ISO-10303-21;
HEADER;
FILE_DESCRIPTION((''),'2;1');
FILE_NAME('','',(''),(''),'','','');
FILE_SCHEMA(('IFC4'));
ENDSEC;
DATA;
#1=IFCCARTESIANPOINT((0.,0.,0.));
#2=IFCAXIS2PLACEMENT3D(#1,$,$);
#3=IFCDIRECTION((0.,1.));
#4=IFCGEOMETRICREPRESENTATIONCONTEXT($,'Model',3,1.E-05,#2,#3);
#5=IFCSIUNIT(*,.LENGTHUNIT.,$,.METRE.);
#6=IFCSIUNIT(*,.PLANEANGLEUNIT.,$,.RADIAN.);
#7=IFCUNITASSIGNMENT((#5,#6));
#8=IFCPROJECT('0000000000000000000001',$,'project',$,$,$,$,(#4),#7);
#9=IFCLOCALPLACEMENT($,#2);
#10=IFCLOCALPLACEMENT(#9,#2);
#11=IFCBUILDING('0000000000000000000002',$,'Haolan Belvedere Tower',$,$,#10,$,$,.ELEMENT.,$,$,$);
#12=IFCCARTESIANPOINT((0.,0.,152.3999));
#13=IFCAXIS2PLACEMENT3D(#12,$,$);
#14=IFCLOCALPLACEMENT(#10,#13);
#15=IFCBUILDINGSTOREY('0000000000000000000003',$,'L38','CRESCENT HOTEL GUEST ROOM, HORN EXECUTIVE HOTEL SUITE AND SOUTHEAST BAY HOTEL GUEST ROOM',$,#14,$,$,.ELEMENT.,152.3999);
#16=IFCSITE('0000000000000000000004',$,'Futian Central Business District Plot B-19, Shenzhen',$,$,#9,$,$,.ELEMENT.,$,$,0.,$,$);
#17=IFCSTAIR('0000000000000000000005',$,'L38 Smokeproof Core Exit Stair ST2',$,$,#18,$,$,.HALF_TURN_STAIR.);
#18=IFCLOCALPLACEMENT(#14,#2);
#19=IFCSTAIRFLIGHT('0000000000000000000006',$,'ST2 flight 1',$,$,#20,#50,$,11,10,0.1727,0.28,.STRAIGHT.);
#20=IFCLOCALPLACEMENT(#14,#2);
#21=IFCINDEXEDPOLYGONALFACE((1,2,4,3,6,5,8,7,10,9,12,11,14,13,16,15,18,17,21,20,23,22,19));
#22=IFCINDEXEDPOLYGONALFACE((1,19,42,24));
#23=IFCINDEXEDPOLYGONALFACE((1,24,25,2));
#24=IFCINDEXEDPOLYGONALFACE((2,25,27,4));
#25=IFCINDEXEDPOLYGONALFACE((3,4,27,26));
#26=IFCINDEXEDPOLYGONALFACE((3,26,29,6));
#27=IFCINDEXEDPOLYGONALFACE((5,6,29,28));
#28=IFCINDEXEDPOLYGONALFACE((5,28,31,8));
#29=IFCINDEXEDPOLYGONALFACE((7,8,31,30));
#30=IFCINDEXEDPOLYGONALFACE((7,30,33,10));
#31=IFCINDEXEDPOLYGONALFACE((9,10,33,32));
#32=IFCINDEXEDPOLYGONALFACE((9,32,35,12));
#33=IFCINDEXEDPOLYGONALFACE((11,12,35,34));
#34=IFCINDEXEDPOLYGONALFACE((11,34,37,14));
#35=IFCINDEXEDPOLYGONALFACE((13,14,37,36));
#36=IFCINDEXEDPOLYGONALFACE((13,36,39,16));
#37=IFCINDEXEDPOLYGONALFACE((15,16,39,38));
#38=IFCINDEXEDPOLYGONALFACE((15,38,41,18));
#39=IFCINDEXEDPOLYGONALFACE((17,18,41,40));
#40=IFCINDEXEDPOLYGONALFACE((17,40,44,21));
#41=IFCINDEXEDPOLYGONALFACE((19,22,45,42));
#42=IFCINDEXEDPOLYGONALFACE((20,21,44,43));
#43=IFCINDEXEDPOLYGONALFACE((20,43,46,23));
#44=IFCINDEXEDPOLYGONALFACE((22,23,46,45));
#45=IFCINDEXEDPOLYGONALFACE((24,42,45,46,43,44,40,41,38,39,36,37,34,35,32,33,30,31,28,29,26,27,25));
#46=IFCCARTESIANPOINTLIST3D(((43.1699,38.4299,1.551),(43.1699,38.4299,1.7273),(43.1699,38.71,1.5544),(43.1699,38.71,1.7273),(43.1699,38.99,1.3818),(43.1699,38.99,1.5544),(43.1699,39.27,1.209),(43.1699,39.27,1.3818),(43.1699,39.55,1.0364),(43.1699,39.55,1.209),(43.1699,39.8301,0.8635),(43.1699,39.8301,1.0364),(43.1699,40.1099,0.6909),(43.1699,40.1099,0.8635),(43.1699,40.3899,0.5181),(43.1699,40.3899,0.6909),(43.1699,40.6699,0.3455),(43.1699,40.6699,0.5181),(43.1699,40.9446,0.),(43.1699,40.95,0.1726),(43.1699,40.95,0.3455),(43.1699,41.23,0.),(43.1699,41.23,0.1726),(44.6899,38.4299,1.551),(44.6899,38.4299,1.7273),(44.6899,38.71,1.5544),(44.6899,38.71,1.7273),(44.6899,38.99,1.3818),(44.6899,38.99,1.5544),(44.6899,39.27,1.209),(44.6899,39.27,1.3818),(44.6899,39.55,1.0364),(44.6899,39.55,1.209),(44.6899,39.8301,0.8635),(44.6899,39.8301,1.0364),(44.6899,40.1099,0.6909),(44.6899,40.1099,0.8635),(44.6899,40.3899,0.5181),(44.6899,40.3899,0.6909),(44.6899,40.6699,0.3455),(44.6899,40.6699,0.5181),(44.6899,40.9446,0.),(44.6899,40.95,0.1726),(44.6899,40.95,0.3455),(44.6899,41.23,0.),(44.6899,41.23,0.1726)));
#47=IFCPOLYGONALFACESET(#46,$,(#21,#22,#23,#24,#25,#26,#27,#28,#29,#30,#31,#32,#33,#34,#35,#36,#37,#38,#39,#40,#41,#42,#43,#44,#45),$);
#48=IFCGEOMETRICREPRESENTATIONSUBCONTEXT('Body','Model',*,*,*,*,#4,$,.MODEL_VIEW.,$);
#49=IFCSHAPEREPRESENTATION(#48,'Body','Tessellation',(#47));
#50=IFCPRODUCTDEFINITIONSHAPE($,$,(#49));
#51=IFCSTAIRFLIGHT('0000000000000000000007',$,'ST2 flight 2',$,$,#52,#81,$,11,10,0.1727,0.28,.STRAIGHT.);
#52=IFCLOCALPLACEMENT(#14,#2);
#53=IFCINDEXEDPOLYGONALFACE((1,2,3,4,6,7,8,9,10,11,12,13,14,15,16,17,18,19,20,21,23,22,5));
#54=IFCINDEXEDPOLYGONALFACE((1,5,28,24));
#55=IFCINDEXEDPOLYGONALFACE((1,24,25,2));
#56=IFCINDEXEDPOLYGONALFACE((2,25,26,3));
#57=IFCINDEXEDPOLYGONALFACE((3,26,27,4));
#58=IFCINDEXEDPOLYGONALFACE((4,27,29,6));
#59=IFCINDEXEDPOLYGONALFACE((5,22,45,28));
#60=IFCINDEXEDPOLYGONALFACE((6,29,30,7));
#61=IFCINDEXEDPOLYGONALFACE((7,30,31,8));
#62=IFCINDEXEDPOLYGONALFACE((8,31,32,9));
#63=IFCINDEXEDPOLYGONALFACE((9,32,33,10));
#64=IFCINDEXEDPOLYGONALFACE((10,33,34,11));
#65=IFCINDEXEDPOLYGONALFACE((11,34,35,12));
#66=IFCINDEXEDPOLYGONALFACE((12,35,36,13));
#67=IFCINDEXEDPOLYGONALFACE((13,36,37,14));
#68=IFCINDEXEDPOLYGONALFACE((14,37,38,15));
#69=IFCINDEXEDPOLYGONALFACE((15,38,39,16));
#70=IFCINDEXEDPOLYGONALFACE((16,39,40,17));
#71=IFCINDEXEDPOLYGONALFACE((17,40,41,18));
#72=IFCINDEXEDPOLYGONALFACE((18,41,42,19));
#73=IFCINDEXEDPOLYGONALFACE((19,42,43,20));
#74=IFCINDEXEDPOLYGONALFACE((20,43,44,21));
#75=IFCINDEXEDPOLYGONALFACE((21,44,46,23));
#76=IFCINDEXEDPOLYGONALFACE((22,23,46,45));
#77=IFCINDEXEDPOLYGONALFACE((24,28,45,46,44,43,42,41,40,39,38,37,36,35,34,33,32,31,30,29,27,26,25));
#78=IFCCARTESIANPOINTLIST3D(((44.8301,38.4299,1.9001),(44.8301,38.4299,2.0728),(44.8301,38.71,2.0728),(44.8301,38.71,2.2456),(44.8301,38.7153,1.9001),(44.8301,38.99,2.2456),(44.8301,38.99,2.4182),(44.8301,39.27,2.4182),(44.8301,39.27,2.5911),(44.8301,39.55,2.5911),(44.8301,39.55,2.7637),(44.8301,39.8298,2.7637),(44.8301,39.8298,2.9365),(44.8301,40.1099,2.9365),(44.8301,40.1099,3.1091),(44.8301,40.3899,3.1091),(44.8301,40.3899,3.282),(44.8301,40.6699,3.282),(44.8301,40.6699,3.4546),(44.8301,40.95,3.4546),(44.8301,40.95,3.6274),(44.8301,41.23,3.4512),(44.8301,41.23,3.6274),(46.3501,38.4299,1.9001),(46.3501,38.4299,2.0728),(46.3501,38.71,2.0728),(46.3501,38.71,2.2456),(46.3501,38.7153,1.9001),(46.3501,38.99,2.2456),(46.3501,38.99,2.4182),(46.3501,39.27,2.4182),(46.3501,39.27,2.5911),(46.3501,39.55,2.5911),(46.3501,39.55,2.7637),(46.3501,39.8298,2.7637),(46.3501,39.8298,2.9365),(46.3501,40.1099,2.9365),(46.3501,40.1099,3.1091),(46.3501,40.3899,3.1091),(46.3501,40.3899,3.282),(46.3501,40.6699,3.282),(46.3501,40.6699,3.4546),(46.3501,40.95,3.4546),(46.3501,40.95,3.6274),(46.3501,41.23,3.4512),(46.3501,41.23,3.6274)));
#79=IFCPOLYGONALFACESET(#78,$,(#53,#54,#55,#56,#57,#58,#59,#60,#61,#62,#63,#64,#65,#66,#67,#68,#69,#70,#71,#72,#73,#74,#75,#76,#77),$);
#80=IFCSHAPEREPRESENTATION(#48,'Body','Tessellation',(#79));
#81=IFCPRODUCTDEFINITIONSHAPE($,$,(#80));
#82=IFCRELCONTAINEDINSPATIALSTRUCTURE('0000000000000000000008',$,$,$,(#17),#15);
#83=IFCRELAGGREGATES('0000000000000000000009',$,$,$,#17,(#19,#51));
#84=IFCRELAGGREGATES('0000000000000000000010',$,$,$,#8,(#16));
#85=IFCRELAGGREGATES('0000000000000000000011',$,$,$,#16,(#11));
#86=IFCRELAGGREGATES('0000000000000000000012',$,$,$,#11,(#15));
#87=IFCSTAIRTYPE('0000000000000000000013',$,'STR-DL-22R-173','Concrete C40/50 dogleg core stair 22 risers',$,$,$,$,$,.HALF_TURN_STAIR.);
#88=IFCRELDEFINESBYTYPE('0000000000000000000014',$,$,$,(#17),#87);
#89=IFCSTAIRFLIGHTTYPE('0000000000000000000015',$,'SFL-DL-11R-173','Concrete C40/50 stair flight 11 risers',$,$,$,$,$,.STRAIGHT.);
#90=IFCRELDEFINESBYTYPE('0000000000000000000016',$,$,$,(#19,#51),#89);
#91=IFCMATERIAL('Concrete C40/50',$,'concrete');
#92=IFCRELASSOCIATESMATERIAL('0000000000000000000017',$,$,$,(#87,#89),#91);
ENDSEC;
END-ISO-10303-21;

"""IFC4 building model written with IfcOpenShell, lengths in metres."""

from ifc_helpers import new_model, si_unit, direction, frame, origin, place, context, subcontext, project, spatial, polyline, outline, extrude, material, type_object, element, aggregate, save


model = new_model("IFC4")

# Units and contexts
model_context = context("Model", 3, precision=1e-05, world=origin(), true_north=direction((0.0, 1.0)))
body_context = subcontext(model_context, "Body", "Model", "MODEL_VIEW")
ifc_project = project(units=[si_unit("LENGTHUNIT", "METRE"), si_unit("PLANEANGLEUNIT", "RADIAN")], contexts=[model_context])

# Site, building, storey
site_placement = place(None, origin())
site = spatial("IfcSite", under=ifc_project, at=site_placement, Name="Futian Central Business District Plot B-19, Shenzhen", CompositionType="ELEMENT", RefElevation=0.0)
building_placement = place(site_placement, origin())
building = spatial("IfcBuilding", under=site, at=building_placement, Name="Haolan Belvedere Tower", CompositionType="ELEMENT")
storey_placement = place(building_placement, frame((0.0, 0.0, 152.3999)))
storey = spatial("IfcBuildingStorey", under=building, at=storey_placement, Name="L38", Description="CRESCENT HOTEL GUEST ROOM, HORN EXECUTIVE HOTEL SUITE AND SOUTHEAST BAY HOTEL GUEST ROOM", CompositionType="ELEMENT", Elevation=152.3999)

# Stair, stair flights
ifc_material_1 = material(Name="Concrete C40/50", Category="concrete")
stair_type = type_object("IfcStairType", Name="STR-DL-22R-173", Description="Concrete C40/50 dogleg core stair 22 risers", PredefinedType="HALF_TURN_STAIR", material=ifc_material_1)
stair_flight_type = type_object("IfcStairFlightType", Name="SFL-DL-11R-173", Description="Concrete C40/50 stair flight 11 risers", PredefinedType="STRAIGHT", material=ifc_material_1)
stair_1_placement = place(storey_placement, origin())
stair_1 = element("IfcStair", 1, at=stair_1_placement, inside=storey, type_object=stair_type, Name="L38 Smokeproof Core Exit Stair ST2", PredefinedType="HALF_TURN_STAIR")
stair_flight_1_placement = place(storey_placement, frame((43.9299, 41.23, 0.0), z_axis=(0.0, 0.0, 1.0), x_axis=(0.0, -1.0, 0.0)))
stair_flight_1 = element("IfcStairFlight", 2, at=stair_flight_1_placement, type_object=stair_flight_type, Name="ST2 flight 1", NumberOfRisers=11, NumberOfTreads=10, PredefinedType="STRAIGHT", RiserHeight=0.1727, TreadLength=0.28, context=body_context, shape_type="SweptSolid", body=[
    extrude(outline(polyline([(0.0, 0.0), (0.0, 0.1726), (0.28, 0.1726), (0.28, 0.3455), (0.5601, 0.3455), (0.5601, 0.5181), (0.8401, 0.5181), (0.8401, 0.6909), (1.1201, 0.6909), (1.1201, 0.8635), (1.3999, 0.8635), (1.3999, 1.0364), (1.6799, 1.0364), (1.6799, 1.209), (1.96, 1.209), (1.96, 1.3818), (2.24, 1.3818), (2.24, 1.5544), (2.52, 1.5544), (2.52, 1.7273), (2.8, 1.7273), (2.8, 1.8999), (2.8, 1.551), (0.2854, 0.0), (0.0, 0.0)])), frame((0.0, 0.76, 0.0), z_axis=(0.0, -1.0, 0.0), x_axis=(1.0, 0.0, 0.0)), (0.0, 0.0, 1.0), 1.52),
])
stair_flight_2_placement = place(storey_placement, frame((45.5901, 38.4299, 1.9001), z_axis=(0.0, 0.0, 1.0), x_axis=(0.0, 1.0, 0.0)))
stair_flight_2 = element("IfcStairFlight", 3, at=stair_flight_2_placement, type_object=stair_flight_type, Name="ST2 flight 2", NumberOfRisers=11, NumberOfTreads=10, PredefinedType="STRAIGHT", RiserHeight=0.1727, TreadLength=0.28, context=body_context, shape_type="SweptSolid", body=[
    extrude(outline(polyline([(0.0, 0.0), (0.0, 0.1726), (0.28, 0.1726), (0.28, 0.3455), (0.5601, 0.3455), (0.5601, 0.5181), (0.8401, 0.5181), (0.8401, 0.6909), (1.1201, 0.6909), (1.1201, 0.8635), (1.3999, 0.8635), (1.3999, 1.0364), (1.6799, 1.0364), (1.6799, 1.209), (1.96, 1.209), (1.96, 1.3818), (2.24, 1.3818), (2.24, 1.5544), (2.52, 1.5544), (2.52, 1.7273), (2.8, 1.7273), (2.8, 1.8999), (2.8, 1.551), (0.2854, 0.0), (0.0, 0.0)])), frame((0.0, 0.76, 0.0), z_axis=(0.0, -1.0, 0.0), x_axis=(1.0, 0.0, 0.0)), (0.0, 0.0, 1.0), 1.52),
])
aggregate(stair_1, [stair_flight_1, stair_flight_2])

save(model, "model.ifc")
